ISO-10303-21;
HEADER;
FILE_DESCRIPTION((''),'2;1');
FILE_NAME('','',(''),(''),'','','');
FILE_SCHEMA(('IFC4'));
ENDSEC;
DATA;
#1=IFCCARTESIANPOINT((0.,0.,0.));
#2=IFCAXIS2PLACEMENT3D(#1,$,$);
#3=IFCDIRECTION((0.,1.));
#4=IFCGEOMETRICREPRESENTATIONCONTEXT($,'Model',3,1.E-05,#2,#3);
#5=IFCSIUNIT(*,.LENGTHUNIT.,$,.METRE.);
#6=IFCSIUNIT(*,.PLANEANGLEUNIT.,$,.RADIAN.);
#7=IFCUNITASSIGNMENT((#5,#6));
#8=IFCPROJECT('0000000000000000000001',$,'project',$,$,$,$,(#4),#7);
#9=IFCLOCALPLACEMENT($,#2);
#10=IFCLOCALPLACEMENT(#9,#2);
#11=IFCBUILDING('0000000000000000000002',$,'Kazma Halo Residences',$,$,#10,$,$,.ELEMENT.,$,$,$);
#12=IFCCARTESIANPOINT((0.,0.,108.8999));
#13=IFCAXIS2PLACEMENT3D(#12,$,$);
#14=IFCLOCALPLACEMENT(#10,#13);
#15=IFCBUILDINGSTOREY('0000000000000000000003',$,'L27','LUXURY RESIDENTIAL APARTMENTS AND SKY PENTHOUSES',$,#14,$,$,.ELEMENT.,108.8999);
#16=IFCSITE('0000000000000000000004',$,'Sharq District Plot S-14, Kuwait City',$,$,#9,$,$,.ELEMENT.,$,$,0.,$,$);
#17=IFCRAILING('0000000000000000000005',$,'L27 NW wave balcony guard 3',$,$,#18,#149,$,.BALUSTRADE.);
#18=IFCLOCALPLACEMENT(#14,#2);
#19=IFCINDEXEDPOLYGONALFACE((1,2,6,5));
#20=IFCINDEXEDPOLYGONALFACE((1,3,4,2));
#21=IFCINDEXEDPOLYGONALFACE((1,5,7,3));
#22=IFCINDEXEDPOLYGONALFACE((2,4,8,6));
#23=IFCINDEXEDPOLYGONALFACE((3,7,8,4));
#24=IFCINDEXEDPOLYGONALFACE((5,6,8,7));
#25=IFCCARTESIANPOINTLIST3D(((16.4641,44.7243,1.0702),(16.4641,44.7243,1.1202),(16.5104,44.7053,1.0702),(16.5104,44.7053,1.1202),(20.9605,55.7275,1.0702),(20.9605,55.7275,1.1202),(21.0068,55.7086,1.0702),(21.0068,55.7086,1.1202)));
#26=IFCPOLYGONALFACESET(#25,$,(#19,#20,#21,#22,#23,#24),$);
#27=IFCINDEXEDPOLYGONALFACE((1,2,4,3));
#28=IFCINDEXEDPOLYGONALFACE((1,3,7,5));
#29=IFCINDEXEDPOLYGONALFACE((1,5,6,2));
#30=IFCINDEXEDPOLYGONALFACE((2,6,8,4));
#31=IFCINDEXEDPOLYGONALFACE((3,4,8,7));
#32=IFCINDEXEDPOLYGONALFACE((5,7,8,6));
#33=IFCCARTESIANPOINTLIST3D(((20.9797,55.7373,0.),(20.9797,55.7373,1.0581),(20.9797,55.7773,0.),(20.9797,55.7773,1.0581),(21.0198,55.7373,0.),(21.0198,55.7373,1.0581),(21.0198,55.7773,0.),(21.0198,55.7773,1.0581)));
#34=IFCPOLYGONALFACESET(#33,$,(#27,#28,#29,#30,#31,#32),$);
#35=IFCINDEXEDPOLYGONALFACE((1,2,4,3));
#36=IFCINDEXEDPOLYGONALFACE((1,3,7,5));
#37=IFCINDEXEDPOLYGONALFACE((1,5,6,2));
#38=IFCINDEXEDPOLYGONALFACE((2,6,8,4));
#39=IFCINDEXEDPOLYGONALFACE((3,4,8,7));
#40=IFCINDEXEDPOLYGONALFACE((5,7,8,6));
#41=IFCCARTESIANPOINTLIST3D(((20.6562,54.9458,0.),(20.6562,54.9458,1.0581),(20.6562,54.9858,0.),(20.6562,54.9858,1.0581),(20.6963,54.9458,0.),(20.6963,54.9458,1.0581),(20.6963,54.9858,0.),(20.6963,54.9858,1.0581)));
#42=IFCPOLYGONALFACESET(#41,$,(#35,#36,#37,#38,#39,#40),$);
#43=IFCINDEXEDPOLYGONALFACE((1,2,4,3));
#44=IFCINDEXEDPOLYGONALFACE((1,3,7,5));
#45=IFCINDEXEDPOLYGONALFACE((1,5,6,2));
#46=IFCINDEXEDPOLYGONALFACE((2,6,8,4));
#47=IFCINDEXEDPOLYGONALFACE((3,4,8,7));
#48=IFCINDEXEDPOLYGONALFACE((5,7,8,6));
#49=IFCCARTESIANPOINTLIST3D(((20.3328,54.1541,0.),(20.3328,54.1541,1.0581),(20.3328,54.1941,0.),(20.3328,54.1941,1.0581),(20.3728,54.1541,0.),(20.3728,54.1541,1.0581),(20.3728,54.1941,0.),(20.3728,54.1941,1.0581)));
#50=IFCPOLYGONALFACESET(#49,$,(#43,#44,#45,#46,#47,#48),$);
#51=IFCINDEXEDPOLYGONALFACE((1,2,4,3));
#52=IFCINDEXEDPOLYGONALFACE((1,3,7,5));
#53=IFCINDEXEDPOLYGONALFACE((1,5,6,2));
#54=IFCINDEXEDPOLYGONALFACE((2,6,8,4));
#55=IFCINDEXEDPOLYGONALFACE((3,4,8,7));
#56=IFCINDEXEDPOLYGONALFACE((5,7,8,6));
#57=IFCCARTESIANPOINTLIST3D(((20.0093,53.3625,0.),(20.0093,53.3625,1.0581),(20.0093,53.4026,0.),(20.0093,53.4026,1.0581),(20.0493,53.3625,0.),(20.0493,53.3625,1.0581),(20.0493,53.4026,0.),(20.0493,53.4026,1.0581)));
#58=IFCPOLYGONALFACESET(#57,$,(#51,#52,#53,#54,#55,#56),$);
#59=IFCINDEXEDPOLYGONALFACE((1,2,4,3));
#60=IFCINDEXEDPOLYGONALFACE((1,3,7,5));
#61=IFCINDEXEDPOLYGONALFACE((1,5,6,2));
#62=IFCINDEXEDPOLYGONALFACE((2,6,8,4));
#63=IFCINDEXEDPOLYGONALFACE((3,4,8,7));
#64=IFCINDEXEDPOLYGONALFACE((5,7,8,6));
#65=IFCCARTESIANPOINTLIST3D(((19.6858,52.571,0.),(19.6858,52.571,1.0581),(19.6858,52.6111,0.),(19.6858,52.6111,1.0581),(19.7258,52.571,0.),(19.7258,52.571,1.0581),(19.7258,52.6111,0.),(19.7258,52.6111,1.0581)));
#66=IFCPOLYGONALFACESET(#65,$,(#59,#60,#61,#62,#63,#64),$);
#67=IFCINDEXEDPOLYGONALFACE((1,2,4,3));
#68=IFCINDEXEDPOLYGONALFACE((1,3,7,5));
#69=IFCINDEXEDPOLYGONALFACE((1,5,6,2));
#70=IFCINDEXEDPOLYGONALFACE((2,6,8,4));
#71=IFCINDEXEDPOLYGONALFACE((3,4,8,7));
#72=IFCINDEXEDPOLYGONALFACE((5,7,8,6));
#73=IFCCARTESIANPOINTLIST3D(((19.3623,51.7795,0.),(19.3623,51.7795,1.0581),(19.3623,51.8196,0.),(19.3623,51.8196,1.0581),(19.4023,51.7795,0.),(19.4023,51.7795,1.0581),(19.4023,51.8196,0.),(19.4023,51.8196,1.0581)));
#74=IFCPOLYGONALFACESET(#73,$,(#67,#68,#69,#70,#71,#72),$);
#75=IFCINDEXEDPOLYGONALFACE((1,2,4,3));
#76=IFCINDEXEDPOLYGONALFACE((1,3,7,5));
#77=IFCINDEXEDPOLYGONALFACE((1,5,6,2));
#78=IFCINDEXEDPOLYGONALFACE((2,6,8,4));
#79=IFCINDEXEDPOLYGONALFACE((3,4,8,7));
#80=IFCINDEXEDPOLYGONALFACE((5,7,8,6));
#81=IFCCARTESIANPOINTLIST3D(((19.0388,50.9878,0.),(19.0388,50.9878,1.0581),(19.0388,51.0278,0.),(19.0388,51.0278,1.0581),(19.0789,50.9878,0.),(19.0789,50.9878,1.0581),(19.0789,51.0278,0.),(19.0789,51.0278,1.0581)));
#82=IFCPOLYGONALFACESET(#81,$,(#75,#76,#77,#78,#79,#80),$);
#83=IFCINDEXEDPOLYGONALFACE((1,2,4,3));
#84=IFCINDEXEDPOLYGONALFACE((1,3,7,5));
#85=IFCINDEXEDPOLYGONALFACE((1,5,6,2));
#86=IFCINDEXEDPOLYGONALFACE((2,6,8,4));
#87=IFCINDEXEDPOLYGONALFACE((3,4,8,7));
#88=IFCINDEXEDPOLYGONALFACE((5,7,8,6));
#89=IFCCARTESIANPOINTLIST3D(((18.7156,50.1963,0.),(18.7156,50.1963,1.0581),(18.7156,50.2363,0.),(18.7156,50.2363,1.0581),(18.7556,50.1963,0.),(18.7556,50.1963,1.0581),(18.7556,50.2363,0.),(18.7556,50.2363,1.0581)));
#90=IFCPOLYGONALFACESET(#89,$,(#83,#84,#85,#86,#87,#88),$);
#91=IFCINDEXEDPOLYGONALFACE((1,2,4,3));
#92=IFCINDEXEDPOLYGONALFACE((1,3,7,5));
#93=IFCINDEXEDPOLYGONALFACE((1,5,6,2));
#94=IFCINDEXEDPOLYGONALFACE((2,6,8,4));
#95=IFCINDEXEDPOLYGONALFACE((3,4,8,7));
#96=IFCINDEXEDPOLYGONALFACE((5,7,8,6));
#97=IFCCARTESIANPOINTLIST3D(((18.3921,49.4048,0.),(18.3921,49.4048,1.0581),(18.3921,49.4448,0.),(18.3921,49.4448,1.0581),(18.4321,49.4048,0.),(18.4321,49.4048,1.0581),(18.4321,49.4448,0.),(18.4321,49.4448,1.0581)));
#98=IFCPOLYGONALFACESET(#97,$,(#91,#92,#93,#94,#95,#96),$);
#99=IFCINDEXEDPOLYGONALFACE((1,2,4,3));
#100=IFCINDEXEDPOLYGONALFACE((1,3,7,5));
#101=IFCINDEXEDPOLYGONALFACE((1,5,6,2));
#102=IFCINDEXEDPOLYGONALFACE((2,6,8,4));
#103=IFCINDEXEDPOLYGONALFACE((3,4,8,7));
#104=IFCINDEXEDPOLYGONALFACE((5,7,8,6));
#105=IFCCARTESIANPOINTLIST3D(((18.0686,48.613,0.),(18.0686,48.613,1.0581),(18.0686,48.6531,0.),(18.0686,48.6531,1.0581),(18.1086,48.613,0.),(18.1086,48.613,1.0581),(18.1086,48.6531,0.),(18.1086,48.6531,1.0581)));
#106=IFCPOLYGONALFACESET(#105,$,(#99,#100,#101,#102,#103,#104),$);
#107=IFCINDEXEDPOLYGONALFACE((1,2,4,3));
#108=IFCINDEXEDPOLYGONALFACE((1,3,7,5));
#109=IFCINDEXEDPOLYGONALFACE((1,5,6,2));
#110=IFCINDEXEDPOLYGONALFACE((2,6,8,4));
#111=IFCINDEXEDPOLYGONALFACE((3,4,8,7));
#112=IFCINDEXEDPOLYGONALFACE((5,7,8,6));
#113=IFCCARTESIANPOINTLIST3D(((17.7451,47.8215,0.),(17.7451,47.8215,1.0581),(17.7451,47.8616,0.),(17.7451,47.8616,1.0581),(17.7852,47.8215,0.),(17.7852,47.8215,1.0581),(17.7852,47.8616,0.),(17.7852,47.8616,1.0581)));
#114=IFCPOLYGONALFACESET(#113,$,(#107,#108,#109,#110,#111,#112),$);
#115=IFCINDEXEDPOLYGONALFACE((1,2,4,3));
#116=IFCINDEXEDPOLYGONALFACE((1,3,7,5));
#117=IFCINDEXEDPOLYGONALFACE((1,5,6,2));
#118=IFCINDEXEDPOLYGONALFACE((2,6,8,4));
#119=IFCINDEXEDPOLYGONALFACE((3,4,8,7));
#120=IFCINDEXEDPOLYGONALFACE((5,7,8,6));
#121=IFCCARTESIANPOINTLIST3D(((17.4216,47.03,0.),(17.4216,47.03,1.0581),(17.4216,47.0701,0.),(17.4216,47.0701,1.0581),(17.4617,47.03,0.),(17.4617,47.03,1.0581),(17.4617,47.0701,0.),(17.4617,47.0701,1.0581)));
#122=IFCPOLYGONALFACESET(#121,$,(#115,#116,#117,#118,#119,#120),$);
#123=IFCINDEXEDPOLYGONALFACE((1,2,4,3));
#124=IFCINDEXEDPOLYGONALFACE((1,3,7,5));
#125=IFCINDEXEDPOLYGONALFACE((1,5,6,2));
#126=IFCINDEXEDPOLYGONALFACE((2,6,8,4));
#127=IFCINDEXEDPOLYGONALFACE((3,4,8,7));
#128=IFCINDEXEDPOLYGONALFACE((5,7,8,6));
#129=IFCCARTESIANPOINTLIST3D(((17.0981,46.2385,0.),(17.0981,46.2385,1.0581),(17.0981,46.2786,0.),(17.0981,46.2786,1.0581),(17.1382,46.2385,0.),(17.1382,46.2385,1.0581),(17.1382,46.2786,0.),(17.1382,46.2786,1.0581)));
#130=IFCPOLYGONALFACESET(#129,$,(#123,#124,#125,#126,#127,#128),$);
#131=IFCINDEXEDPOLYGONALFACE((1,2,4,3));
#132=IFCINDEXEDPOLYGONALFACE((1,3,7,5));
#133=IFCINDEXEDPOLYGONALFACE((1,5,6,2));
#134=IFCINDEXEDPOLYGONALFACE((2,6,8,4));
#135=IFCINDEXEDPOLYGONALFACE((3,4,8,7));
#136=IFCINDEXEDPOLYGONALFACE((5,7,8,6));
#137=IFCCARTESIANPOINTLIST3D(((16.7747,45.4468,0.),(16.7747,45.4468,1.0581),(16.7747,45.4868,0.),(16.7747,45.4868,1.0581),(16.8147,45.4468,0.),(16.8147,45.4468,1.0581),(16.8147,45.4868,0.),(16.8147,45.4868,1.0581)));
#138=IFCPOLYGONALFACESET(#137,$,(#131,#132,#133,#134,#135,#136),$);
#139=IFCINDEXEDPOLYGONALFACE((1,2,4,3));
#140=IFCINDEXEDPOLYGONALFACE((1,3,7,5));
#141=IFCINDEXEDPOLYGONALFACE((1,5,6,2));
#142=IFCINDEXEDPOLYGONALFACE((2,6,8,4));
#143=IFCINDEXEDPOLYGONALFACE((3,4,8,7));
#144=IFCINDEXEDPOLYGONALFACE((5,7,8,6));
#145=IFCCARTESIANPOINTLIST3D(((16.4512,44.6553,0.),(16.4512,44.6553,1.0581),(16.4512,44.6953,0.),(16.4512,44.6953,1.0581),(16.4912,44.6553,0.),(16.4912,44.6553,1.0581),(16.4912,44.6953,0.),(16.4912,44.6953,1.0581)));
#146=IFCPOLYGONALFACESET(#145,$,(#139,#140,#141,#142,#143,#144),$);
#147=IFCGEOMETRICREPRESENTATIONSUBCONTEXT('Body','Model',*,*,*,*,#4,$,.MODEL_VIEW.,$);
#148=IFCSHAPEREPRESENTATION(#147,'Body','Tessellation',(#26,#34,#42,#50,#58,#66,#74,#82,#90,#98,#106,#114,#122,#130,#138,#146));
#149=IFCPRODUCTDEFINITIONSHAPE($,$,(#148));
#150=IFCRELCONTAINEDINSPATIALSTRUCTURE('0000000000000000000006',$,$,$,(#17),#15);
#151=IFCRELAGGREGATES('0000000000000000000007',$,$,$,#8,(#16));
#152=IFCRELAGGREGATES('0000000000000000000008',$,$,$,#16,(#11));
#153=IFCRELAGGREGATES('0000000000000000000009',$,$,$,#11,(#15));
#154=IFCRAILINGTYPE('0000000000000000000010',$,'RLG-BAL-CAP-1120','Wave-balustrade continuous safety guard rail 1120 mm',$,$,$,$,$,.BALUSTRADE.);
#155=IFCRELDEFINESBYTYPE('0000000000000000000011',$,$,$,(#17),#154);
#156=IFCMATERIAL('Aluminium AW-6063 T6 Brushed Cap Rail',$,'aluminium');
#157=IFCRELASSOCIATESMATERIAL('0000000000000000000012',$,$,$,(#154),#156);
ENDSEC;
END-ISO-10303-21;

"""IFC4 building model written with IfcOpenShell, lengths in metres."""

from ifc_helpers import new_model, si_unit, direction, frame, origin, origin_2d, place, context, subcontext, project, spatial, rectangle, extrude, material, type_object, element, save


model = new_model("IFC4")

# Units and contexts
model_context = context("Model", 3, precision=1e-05, world=origin(), true_north=direction((0.0, 1.0)))
body_context = subcontext(model_context, "Body", "Model", "MODEL_VIEW")
ifc_project = project(units=[si_unit("LENGTHUNIT", "METRE"), si_unit("PLANEANGLEUNIT", "RADIAN")], contexts=[model_context])

# Site, building, storey
site_placement = place(None, origin())
site = spatial("IfcSite", under=ifc_project, at=site_placement, Name="Sharq District Plot S-14, Kuwait City", CompositionType="ELEMENT", RefElevation=0.0)
building_placement = place(site_placement, origin())
building = spatial("IfcBuilding", under=site, at=building_placement, Name="Kazma Halo Residences", CompositionType="ELEMENT")
storey_placement = place(building_placement, frame((0.0, 0.0, 108.8999)))
storey = spatial("IfcBuildingStorey", under=building, at=storey_placement, Name="L27", Description="LUXURY RESIDENTIAL APARTMENTS AND SKY PENTHOUSES", CompositionType="ELEMENT", Elevation=108.8999)

# Railing
ifc_material_1 = material(Name="Aluminium AW-6063 T6 Brushed Cap Rail", Category="aluminium")
railing_type = type_object("IfcRailingType", Name="RLG-BAL-CAP-1120", Description="Wave-balustrade continuous safety guard rail 1120 mm", PredefinedType="BALUSTRADE", material=ifc_material_1)
railing_1_placement = place(storey_placement, frame((20.9998, 55.7573, 0.0)))
element("IfcRailing", 1, at=railing_1_placement, inside=storey, type_object=railing_type, Name="L27 NW wave balcony guard 3", PredefinedType="BALUSTRADE", context=body_context, shape_type="SweptSolid", body=[
    extrude(rectangle(XDim=0.05, YDim=0.05, at=origin_2d()), frame((-0.0161, -0.0393, 1.0952), z_axis=(-0.378275, -0.925693, 0.0), x_axis=(0.925693, -0.378275, 0.0)), (0.0, 0.0, 1.0), 11.8865),
    extrude(rectangle(XDim=0.04, YDim=0.04, at=origin_2d()), origin(), (0.0, 0.0, 1.0), 1.0581),
    extrude(rectangle(XDim=0.04, YDim=0.04, at=origin_2d()), frame((-0.3235, -0.7915, 0.0)), (0.0, 0.0, 1.0), 1.0581),
    extrude(rectangle(XDim=0.04, YDim=0.04, at=origin_2d()), frame((-0.647, -1.5833, 0.0)), (0.0, 0.0, 1.0), 1.0581),
    extrude(rectangle(XDim=0.04, YDim=0.04, at=origin_2d()), frame((-0.9705, -2.3748, 0.0)), (0.0, 0.0, 1.0), 1.0581),
    extrude(rectangle(XDim=0.04, YDim=0.04, at=origin_2d()), frame((-1.2939, -3.1663, 0.0)), (0.0, 0.0, 1.0), 1.0581),
    extrude(rectangle(XDim=0.04, YDim=0.04, at=origin_2d()), frame((-1.6174, -3.9578, 0.0)), (0.0, 0.0, 1.0), 1.0581),
    extrude(rectangle(XDim=0.04, YDim=0.04, at=origin_2d()), frame((-1.9409, -4.7495, 0.0)), (0.0, 0.0, 1.0), 1.0581),
    extrude(rectangle(XDim=0.04, YDim=0.04, at=origin_2d()), frame((-2.2642, -5.541, 0.0)), (0.0, 0.0, 1.0), 1.0581),
    extrude(rectangle(XDim=0.04, YDim=0.04, at=origin_2d()), frame((-2.5876, -6.3325, 0.0)), (0.0, 0.0, 1.0), 1.0581),
    extrude(rectangle(XDim=0.04, YDim=0.04, at=origin_2d()), frame((-2.9111, -7.1243, 0.0)), (0.0, 0.0, 1.0), 1.0581),
    extrude(rectangle(XDim=0.04, YDim=0.04, at=origin_2d()), frame((-3.2346, -7.9158, 0.0)), (0.0, 0.0, 1.0), 1.0581),
    extrude(rectangle(XDim=0.04, YDim=0.04, at=origin_2d()), frame((-3.5581, -8.7073, 0.0)), (0.0, 0.0, 1.0), 1.0581),
    extrude(rectangle(XDim=0.04, YDim=0.04, at=origin_2d()), frame((-3.8816, -9.4988, 0.0)), (0.0, 0.0, 1.0), 1.0581),
    extrude(rectangle(XDim=0.04, YDim=0.04, at=origin_2d()), frame((-4.2051, -10.2905, 0.0)), (0.0, 0.0, 1.0), 1.0581),
    extrude(rectangle(XDim=0.04, YDim=0.04, at=origin_2d()), frame((-4.5286, -11.082, 0.0)), (0.0, 0.0, 1.0), 1.0581),
])

save(model, "model.ifc")
